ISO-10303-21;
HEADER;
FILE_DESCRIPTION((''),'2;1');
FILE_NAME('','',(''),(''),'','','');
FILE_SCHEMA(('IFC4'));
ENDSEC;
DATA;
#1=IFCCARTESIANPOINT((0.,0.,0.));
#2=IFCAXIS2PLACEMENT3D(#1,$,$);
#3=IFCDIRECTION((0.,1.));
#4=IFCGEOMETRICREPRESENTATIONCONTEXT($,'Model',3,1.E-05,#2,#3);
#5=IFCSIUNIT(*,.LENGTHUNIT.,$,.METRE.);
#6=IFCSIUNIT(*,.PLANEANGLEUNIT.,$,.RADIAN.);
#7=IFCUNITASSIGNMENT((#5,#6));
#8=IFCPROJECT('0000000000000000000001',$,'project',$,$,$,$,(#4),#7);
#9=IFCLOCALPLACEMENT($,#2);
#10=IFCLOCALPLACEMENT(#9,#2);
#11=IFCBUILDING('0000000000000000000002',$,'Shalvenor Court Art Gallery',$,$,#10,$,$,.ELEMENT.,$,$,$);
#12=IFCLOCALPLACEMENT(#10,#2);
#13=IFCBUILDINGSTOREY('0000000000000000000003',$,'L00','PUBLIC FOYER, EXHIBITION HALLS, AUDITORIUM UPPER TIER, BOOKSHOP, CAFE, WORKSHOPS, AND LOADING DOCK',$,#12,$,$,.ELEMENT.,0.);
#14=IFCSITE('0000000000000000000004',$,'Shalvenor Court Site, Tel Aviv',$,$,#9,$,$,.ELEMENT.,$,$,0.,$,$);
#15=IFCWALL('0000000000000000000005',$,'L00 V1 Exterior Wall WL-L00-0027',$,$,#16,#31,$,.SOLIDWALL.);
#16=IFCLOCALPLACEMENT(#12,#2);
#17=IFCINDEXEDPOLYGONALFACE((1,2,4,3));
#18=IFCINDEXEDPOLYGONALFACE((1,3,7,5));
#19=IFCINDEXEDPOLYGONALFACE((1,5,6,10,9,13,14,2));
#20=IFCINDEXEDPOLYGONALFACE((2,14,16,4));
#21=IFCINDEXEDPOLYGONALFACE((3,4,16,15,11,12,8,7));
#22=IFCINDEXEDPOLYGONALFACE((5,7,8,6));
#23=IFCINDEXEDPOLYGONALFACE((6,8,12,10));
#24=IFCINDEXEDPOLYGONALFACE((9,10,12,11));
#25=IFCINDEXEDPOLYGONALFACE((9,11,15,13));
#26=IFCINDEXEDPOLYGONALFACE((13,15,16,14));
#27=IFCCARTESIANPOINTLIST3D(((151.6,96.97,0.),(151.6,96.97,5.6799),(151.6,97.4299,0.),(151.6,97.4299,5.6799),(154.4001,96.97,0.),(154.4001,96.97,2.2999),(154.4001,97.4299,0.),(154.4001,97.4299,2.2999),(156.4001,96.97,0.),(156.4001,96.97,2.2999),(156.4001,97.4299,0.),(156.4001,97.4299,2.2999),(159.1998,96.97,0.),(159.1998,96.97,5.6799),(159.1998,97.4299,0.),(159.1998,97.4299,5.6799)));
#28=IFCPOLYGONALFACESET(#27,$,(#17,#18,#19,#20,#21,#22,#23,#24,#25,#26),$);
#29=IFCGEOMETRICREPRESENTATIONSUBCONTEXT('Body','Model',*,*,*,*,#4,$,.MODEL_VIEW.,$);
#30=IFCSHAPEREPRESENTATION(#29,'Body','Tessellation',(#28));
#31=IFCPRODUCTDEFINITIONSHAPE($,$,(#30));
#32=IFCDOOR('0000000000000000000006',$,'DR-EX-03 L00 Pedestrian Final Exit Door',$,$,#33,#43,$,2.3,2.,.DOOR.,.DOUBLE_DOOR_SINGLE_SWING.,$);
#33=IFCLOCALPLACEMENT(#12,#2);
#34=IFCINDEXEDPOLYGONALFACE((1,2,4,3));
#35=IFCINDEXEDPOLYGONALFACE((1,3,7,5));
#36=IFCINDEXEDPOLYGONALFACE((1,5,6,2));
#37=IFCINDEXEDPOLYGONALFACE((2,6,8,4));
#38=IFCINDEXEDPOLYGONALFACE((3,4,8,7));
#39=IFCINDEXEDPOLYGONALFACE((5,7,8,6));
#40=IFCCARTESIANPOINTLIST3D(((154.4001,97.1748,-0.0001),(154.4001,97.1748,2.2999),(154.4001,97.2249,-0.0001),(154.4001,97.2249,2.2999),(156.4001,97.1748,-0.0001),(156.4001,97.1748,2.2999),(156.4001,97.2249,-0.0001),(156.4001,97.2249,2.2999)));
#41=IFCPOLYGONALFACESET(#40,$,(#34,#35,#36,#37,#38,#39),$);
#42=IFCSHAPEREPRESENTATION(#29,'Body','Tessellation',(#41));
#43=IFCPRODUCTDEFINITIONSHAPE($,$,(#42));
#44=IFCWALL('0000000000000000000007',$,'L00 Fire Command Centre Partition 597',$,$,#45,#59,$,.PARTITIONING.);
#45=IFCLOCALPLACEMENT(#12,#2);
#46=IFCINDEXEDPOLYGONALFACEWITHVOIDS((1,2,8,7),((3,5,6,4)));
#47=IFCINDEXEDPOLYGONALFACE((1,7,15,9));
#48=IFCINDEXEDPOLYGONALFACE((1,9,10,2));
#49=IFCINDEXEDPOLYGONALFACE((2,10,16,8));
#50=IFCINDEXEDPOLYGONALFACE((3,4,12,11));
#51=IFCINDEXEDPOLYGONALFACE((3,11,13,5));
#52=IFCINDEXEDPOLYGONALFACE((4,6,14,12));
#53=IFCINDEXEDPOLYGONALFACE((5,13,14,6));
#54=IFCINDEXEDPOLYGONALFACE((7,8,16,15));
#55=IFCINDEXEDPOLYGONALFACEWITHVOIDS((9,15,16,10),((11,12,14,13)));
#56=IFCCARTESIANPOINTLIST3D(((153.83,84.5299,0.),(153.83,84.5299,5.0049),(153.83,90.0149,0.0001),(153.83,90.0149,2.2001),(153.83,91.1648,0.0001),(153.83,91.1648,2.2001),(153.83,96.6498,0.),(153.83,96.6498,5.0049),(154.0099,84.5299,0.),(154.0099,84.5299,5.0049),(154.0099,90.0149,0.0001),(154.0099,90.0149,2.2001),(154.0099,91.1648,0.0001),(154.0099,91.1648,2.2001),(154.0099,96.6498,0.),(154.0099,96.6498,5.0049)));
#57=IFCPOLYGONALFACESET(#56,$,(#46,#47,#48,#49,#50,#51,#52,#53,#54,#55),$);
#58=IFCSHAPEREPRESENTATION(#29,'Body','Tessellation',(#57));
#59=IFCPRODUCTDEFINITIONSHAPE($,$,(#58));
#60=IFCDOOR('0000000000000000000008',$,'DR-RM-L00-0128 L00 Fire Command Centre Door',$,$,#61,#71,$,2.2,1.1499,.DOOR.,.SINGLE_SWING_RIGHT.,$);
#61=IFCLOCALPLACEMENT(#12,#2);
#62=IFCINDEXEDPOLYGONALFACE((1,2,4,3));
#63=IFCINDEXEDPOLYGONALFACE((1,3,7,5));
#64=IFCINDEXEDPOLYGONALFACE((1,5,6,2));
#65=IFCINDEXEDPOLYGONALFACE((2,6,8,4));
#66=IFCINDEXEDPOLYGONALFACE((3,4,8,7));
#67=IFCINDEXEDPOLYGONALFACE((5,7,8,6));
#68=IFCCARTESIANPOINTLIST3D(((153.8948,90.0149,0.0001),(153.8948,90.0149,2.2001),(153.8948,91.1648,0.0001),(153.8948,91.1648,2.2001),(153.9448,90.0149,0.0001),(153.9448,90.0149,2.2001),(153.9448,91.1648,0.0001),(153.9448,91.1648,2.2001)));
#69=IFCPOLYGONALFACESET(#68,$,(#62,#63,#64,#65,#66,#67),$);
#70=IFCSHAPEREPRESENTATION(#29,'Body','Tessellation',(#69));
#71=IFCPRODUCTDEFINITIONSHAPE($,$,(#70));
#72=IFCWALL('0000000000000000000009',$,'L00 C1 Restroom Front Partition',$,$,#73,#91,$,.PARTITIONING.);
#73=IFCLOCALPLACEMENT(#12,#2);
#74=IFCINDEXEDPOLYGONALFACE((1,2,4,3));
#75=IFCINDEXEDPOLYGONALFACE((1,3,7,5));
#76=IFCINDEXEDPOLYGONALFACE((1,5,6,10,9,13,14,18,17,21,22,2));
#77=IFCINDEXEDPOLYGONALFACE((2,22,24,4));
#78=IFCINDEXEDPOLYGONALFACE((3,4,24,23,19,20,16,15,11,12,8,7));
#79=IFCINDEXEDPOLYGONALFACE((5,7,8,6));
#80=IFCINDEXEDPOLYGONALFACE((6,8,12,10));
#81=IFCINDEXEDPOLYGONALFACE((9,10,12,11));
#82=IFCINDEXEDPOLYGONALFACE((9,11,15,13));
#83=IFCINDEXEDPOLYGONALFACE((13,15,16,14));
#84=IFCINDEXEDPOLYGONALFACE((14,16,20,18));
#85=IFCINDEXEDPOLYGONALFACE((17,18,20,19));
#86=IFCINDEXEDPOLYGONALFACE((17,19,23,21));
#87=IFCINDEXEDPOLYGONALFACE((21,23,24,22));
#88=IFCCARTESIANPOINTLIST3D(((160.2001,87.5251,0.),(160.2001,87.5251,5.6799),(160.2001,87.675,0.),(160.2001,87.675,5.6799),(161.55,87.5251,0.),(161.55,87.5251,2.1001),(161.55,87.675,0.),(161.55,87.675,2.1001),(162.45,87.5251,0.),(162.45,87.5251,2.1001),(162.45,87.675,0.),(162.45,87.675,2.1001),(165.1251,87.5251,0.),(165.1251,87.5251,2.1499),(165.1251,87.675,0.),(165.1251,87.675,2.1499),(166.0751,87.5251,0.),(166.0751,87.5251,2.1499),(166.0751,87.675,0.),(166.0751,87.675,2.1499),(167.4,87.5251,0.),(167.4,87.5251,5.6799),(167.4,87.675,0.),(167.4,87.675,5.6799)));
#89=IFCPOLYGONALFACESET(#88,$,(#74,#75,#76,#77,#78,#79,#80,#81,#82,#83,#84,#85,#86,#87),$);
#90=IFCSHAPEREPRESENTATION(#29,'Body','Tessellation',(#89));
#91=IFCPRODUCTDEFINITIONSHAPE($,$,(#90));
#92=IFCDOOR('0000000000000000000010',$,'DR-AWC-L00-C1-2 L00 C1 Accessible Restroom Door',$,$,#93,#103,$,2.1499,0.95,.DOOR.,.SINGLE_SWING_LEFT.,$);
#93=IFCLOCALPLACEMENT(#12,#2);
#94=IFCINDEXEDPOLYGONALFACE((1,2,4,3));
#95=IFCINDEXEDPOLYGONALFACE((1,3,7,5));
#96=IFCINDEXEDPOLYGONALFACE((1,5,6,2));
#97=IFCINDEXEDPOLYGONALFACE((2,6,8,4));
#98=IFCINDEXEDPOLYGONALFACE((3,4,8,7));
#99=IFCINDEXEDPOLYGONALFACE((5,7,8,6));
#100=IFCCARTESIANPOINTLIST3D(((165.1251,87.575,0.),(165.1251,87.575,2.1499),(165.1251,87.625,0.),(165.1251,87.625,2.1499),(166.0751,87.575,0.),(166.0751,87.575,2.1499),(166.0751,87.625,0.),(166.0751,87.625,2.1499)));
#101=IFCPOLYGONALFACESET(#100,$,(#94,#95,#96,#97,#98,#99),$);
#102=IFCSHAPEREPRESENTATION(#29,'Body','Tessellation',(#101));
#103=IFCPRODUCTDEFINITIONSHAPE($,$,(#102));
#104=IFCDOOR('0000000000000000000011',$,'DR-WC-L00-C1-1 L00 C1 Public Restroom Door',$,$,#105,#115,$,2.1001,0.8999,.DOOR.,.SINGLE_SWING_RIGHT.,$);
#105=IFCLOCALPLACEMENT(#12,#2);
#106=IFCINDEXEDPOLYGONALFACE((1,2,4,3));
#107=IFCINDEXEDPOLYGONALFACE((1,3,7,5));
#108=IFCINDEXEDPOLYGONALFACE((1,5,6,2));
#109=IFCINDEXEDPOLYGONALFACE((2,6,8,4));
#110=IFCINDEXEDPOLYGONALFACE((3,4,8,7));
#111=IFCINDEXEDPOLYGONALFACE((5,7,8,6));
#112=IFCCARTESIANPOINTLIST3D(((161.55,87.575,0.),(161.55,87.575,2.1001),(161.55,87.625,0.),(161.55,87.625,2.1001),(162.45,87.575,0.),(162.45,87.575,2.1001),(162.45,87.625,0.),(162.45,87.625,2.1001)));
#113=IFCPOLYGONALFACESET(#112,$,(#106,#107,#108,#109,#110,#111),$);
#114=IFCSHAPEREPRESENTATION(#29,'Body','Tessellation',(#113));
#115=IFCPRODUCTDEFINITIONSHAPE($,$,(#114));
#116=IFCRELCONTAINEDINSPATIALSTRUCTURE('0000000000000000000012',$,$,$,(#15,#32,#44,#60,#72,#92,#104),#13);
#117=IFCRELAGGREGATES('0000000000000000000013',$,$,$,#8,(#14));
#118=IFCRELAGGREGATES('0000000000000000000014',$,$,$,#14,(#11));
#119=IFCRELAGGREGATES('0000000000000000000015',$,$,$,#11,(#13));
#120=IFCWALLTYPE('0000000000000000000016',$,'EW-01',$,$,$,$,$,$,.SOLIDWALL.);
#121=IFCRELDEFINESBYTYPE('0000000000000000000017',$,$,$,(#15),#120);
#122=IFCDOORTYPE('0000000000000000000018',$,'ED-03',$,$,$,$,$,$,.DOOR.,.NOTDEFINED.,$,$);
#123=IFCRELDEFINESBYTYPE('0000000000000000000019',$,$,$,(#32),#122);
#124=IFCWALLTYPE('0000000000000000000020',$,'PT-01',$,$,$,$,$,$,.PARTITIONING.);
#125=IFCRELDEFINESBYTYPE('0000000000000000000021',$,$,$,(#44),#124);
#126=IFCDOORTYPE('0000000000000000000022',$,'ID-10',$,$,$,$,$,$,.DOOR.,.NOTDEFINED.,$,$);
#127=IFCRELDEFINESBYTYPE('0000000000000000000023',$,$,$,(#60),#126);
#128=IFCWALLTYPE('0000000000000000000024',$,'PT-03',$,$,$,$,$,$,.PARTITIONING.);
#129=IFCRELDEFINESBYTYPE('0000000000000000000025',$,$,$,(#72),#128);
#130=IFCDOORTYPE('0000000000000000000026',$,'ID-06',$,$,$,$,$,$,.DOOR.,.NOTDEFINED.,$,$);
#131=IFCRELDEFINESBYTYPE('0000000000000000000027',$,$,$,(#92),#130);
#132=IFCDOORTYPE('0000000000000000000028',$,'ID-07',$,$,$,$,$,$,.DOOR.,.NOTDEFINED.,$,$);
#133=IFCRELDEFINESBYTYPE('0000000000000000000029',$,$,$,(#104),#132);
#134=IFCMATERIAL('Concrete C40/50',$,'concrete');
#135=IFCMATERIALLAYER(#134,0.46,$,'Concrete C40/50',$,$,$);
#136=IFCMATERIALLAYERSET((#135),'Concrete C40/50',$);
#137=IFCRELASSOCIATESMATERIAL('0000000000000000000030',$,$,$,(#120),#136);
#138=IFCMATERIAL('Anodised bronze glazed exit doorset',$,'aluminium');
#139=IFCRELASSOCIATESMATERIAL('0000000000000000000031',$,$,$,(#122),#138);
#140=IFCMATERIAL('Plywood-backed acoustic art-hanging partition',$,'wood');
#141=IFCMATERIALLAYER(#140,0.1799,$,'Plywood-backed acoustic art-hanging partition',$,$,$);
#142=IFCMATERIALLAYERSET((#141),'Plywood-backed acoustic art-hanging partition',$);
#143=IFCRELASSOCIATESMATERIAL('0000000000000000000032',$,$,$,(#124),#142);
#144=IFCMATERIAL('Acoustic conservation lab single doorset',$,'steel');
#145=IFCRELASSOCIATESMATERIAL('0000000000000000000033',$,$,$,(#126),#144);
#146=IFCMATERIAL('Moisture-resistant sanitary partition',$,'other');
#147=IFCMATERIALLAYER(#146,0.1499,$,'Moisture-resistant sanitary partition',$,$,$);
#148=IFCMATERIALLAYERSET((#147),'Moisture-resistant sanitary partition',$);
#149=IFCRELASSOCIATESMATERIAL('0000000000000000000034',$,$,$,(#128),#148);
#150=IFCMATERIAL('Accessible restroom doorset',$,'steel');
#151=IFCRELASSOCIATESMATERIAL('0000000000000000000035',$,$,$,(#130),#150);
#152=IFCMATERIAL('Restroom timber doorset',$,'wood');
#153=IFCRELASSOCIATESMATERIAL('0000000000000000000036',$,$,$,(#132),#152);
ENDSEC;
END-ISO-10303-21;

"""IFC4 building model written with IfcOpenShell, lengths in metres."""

from ifc_helpers import new_model, si_unit, direction, frame, frame_2d, origin, place, context, subcontext, project, spatial, rectangle, extrude, material, layer, layer_set, type_object, element, fill, save


model = new_model("IFC4")

# Units and contexts
model_context = context("Model", 3, precision=1e-05, world=origin(), true_north=direction((0.0, 1.0)))
body_context = subcontext(model_context, "Body", "Model", "MODEL_VIEW")
ifc_project = project(units=[si_unit("LENGTHUNIT", "METRE"), si_unit("PLANEANGLEUNIT", "RADIAN")], contexts=[model_context])

# Site, building, storey
site_placement = place(None, origin())
site = spatial("IfcSite", under=ifc_project, at=site_placement, Name="Shalvenor Court Site, Tel Aviv", CompositionType="ELEMENT", RefElevation=0.0)
building_placement = place(site_placement, origin())
building = spatial("IfcBuilding", under=site, at=building_placement, Name="Shalvenor Court Art Gallery", CompositionType="ELEMENT")
storey_placement = place(building_placement, origin())
storey = spatial("IfcBuildingStorey", under=building, at=storey_placement, Name="L00", Description="PUBLIC FOYER, EXHIBITION HALLS, AUDITORIUM UPPER TIER, BOOKSHOP, CAFE, WORKSHOPS, AND LOADING DOCK", CompositionType="ELEMENT", Elevation=0.0)

# Walls, openings, doors
ifc_material_1 = material(Name="Concrete C40/50", Category="concrete")
ifc_layer_1 = layer(ifc_material_1, 0.46, Name="Concrete C40/50")
ifc_layer_set_1 = layer_set([ifc_layer_1], Name="Concrete C40/50")
wall_type_1 = type_object("IfcWallType", Name="EW-01", PredefinedType="SOLIDWALL", material=ifc_layer_set_1)
wall_1_placement = place(storey_placement, frame((151.6001, 97.2, 0.0), z_axis=(0.0, 0.0, 1.0), x_axis=(1.0, 0.0, 0.0)))
wall_1 = element("IfcWall", 1, at=wall_1_placement, inside=storey, type_object=wall_type_1, Name="L00 V1 Exterior Wall WL-L00-0027", PredefinedType="SOLIDWALL", context=body_context, shape_type="SweptSolid", body=[
    extrude(rectangle(XDim=7.5999, YDim=0.46, at=frame_2d((3.7998, 0.0))), origin(), (0.0, 0.0, 1.0), 5.6799),
])
opening_1_placement = place(wall_1_placement, frame((2.8, 0.0, 0.0)))
opening_1 = element("IfcOpeningElement", 2, at=opening_1_placement, cuts=wall_1, PredefinedType="OPENING", context=body_context, shape_type="SweptSolid", body=[
    extrude(rectangle(XDim=2.0, YDim=2.3, at=frame_2d((1.0, 1.1499))), frame((0.0, 0.24, 0.0), z_axis=(0.0, -1.0, 0.0), x_axis=(1.0, 0.0, 0.0)), (0.0, 0.0, 1.0), 0.48),
])
ifc_material_2 = material(Name="Anodised bronze glazed exit doorset", Category="aluminium")
door_type_1 = type_object("IfcDoorType", Name="ED-03", OperationType="NOTDEFINED", PredefinedType="DOOR", material=ifc_material_2)
door_1_placement = place(opening_1_placement, origin())
door_1 = element("IfcDoor", 3, at=door_1_placement, inside=storey, type_object=door_type_1, Name="DR-EX-03 L00 Pedestrian Final Exit Door", OperationType="DOUBLE_DOOR_SINGLE_SWING", OverallHeight=2.3, OverallWidth=2.0, PredefinedType="DOOR", context=body_context, shape_type="SweptSolid", body=[
    extrude(rectangle(XDim=2.0, YDim=2.3, at=frame_2d((1.0, 1.1499))), frame((0.0, 0.0249, 0.0), z_axis=(0.0, -1.0, 0.0), x_axis=(1.0, 0.0, 0.0)), (0.0, 0.0, 1.0), 0.05),
])
fill(opening_1, door_1)
ifc_material_3 = material(Name="Plywood-backed acoustic art-hanging partition", Category="wood")
ifc_layer_2 = layer(ifc_material_3, 0.1799, Name="Plywood-backed acoustic art-hanging partition")
ifc_layer_set_2 = layer_set([ifc_layer_2], Name="Plywood-backed acoustic art-hanging partition")
wall_type_2 = type_object("IfcWallType", Name="PT-01", PredefinedType="PARTITIONING", material=ifc_layer_set_2)
wall_2_placement = place(storey_placement, frame((153.9199, 96.6499, 0.0), z_axis=(0.0, 0.0, 1.0), x_axis=(0.0, -1.0, 0.0)))
wall_2 = element("IfcWall", 4, at=wall_2_placement, inside=storey, type_object=wall_type_2, Name="L00 Fire Command Centre Partition 597", PredefinedType="PARTITIONING", context=body_context, shape_type="SweptSolid", body=[
    extrude(rectangle(XDim=12.1199, YDim=0.1799, at=frame_2d((6.0601, 0.0))), origin(), (0.0, 0.0, 1.0), 5.0049),
])
opening_2_placement = place(wall_2_placement, frame((5.4851, 0.0, 0.0)))
opening_2 = element("IfcOpeningElement", 5, at=opening_2_placement, cuts=wall_2, PredefinedType="OPENING", context=body_context, shape_type="SweptSolid", body=[
    extrude(rectangle(XDim=1.1499, YDim=2.2, at=frame_2d((0.575, 1.1001))), frame((0.0, 0.0999, 0.0), z_axis=(0.0, -1.0, 0.0), x_axis=(1.0, 0.0, 0.0)), (0.0, 0.0, 1.0), 0.2),
])
ifc_material_4 = material(Name="Acoustic conservation lab single doorset", Category="steel")
door_type_2 = type_object("IfcDoorType", Name="ID-10", OperationType="NOTDEFINED", PredefinedType="DOOR", material=ifc_material_4)
door_2_placement = place(opening_2_placement, origin())
door_2 = element("IfcDoor", 6, at=door_2_placement, inside=storey, type_object=door_type_2, Name="DR-RM-L00-0128 L00 Fire Command Centre Door", OperationType="SINGLE_SWING_RIGHT", OverallHeight=2.2, OverallWidth=1.1499, PredefinedType="DOOR", context=body_context, shape_type="SweptSolid", body=[
    extrude(rectangle(XDim=1.1499, YDim=2.2, at=frame_2d((0.575, 1.1001))), frame((0.0, 0.0249, 0.0), z_axis=(0.0, -1.0, 0.0), x_axis=(1.0, 0.0, 0.0)), (0.0, 0.0, 1.0), 0.05),
])
fill(opening_2, door_2)

# Wall, openings, doors
ifc_material_5 = material(Name="Moisture-resistant sanitary partition", Category="other")
ifc_layer_3 = layer(ifc_material_5, 0.1499, Name="Moisture-resistant sanitary partition")
ifc_layer_set_3 = layer_set([ifc_layer_3], Name="Moisture-resistant sanitary partition")
wall_type_3 = type_object("IfcWallType", Name="PT-03", PredefinedType="PARTITIONING", material=ifc_layer_set_3)
wall_3_placement = place(storey_placement, frame((160.2, 87.6001, 0.0), z_axis=(0.0, 0.0, 1.0), x_axis=(1.0, 0.0, 0.0)))
wall_3 = element("IfcWall", 7, at=wall_3_placement, inside=storey, type_object=wall_type_3, Name="L00 C1 Restroom Front Partition", PredefinedType="PARTITIONING", context=body_context, shape_type="SweptSolid", body=[
    extrude(rectangle(XDim=7.2, YDim=0.1499, at=frame_2d((3.6001, 0.0))), origin(), (0.0, 0.0, 1.0), 5.6799),
])
opening_3_placement = place(wall_3_placement, frame((1.3501, 0.0, 0.0)))
opening_3 = element("IfcOpeningElement", 8, at=opening_3_placement, cuts=wall_3, PredefinedType="OPENING", context=body_context, shape_type="SweptSolid", body=[
    extrude(rectangle(XDim=0.8999, YDim=2.1001, at=frame_2d((0.45, 1.05))), frame((0.0, 0.085, 0.0), z_axis=(0.0, -1.0, 0.0), x_axis=(1.0, 0.0, 0.0)), (0.0, 0.0, 1.0), 0.1699),
])
opening_4_placement = place(wall_3_placement, frame((4.925, 0.0, 0.0)))
opening_4 = element("IfcOpeningElement", 9, at=opening_4_placement, cuts=wall_3, PredefinedType="OPENING", context=body_context, shape_type="SweptSolid", body=[
    extrude(rectangle(XDim=0.95, YDim=2.1499, at=frame_2d((0.4751, 1.075))), frame((0.0, 0.085, 0.0), z_axis=(0.0, -1.0, 0.0), x_axis=(1.0, 0.0, 0.0)), (0.0, 0.0, 1.0), 0.1699),
])
ifc_material_6 = material(Name="Accessible restroom doorset", Category="steel")
door_type_3 = type_object("IfcDoorType", Name="ID-06", OperationType="NOTDEFINED", PredefinedType="DOOR", material=ifc_material_6)
door_3_placement = place(opening_4_placement, origin())
door_3 = element("IfcDoor", 10, at=door_3_placement, inside=storey, type_object=door_type_3, Name="DR-AWC-L00-C1-2 L00 C1 Accessible Restroom Door", OperationType="SINGLE_SWING_LEFT", OverallHeight=2.1499, OverallWidth=0.95, PredefinedType="DOOR", context=body_context, shape_type="SweptSolid", body=[
    extrude(rectangle(XDim=0.95, YDim=2.1499, at=frame_2d((0.4751, 1.075))), frame((0.0, 0.0249, 0.0), z_axis=(0.0, -1.0, 0.0), x_axis=(1.0, 0.0, 0.0)), (0.0, 0.0, 1.0), 0.05),
])
fill(opening_4, door_3)
ifc_material_7 = material(Name="Restroom timber doorset", Category="wood")
door_type_4 = type_object("IfcDoorType", Name="ID-07", OperationType="NOTDEFINED", PredefinedType="DOOR", material=ifc_material_7)
door_4_placement = place(opening_3_placement, origin())
door_4 = element("IfcDoor", 11, at=door_4_placement, inside=storey, type_object=door_type_4, Name="DR-WC-L00-C1-1 L00 C1 Public Restroom Door", OperationType="SINGLE_SWING_RIGHT", OverallHeight=2.1001, OverallWidth=0.8999, PredefinedType="DOOR", context=body_context, shape_type="SweptSolid", body=[
    extrude(rectangle(XDim=0.8999, YDim=2.1001, at=frame_2d((0.45, 1.05))), frame((0.0, 0.0249, 0.0), z_axis=(0.0, -1.0, 0.0), x_axis=(1.0, 0.0, 0.0)), (0.0, 0.0, 1.0), 0.05),
])
fill(opening_3, door_4)

save(model, "model.ifc")
